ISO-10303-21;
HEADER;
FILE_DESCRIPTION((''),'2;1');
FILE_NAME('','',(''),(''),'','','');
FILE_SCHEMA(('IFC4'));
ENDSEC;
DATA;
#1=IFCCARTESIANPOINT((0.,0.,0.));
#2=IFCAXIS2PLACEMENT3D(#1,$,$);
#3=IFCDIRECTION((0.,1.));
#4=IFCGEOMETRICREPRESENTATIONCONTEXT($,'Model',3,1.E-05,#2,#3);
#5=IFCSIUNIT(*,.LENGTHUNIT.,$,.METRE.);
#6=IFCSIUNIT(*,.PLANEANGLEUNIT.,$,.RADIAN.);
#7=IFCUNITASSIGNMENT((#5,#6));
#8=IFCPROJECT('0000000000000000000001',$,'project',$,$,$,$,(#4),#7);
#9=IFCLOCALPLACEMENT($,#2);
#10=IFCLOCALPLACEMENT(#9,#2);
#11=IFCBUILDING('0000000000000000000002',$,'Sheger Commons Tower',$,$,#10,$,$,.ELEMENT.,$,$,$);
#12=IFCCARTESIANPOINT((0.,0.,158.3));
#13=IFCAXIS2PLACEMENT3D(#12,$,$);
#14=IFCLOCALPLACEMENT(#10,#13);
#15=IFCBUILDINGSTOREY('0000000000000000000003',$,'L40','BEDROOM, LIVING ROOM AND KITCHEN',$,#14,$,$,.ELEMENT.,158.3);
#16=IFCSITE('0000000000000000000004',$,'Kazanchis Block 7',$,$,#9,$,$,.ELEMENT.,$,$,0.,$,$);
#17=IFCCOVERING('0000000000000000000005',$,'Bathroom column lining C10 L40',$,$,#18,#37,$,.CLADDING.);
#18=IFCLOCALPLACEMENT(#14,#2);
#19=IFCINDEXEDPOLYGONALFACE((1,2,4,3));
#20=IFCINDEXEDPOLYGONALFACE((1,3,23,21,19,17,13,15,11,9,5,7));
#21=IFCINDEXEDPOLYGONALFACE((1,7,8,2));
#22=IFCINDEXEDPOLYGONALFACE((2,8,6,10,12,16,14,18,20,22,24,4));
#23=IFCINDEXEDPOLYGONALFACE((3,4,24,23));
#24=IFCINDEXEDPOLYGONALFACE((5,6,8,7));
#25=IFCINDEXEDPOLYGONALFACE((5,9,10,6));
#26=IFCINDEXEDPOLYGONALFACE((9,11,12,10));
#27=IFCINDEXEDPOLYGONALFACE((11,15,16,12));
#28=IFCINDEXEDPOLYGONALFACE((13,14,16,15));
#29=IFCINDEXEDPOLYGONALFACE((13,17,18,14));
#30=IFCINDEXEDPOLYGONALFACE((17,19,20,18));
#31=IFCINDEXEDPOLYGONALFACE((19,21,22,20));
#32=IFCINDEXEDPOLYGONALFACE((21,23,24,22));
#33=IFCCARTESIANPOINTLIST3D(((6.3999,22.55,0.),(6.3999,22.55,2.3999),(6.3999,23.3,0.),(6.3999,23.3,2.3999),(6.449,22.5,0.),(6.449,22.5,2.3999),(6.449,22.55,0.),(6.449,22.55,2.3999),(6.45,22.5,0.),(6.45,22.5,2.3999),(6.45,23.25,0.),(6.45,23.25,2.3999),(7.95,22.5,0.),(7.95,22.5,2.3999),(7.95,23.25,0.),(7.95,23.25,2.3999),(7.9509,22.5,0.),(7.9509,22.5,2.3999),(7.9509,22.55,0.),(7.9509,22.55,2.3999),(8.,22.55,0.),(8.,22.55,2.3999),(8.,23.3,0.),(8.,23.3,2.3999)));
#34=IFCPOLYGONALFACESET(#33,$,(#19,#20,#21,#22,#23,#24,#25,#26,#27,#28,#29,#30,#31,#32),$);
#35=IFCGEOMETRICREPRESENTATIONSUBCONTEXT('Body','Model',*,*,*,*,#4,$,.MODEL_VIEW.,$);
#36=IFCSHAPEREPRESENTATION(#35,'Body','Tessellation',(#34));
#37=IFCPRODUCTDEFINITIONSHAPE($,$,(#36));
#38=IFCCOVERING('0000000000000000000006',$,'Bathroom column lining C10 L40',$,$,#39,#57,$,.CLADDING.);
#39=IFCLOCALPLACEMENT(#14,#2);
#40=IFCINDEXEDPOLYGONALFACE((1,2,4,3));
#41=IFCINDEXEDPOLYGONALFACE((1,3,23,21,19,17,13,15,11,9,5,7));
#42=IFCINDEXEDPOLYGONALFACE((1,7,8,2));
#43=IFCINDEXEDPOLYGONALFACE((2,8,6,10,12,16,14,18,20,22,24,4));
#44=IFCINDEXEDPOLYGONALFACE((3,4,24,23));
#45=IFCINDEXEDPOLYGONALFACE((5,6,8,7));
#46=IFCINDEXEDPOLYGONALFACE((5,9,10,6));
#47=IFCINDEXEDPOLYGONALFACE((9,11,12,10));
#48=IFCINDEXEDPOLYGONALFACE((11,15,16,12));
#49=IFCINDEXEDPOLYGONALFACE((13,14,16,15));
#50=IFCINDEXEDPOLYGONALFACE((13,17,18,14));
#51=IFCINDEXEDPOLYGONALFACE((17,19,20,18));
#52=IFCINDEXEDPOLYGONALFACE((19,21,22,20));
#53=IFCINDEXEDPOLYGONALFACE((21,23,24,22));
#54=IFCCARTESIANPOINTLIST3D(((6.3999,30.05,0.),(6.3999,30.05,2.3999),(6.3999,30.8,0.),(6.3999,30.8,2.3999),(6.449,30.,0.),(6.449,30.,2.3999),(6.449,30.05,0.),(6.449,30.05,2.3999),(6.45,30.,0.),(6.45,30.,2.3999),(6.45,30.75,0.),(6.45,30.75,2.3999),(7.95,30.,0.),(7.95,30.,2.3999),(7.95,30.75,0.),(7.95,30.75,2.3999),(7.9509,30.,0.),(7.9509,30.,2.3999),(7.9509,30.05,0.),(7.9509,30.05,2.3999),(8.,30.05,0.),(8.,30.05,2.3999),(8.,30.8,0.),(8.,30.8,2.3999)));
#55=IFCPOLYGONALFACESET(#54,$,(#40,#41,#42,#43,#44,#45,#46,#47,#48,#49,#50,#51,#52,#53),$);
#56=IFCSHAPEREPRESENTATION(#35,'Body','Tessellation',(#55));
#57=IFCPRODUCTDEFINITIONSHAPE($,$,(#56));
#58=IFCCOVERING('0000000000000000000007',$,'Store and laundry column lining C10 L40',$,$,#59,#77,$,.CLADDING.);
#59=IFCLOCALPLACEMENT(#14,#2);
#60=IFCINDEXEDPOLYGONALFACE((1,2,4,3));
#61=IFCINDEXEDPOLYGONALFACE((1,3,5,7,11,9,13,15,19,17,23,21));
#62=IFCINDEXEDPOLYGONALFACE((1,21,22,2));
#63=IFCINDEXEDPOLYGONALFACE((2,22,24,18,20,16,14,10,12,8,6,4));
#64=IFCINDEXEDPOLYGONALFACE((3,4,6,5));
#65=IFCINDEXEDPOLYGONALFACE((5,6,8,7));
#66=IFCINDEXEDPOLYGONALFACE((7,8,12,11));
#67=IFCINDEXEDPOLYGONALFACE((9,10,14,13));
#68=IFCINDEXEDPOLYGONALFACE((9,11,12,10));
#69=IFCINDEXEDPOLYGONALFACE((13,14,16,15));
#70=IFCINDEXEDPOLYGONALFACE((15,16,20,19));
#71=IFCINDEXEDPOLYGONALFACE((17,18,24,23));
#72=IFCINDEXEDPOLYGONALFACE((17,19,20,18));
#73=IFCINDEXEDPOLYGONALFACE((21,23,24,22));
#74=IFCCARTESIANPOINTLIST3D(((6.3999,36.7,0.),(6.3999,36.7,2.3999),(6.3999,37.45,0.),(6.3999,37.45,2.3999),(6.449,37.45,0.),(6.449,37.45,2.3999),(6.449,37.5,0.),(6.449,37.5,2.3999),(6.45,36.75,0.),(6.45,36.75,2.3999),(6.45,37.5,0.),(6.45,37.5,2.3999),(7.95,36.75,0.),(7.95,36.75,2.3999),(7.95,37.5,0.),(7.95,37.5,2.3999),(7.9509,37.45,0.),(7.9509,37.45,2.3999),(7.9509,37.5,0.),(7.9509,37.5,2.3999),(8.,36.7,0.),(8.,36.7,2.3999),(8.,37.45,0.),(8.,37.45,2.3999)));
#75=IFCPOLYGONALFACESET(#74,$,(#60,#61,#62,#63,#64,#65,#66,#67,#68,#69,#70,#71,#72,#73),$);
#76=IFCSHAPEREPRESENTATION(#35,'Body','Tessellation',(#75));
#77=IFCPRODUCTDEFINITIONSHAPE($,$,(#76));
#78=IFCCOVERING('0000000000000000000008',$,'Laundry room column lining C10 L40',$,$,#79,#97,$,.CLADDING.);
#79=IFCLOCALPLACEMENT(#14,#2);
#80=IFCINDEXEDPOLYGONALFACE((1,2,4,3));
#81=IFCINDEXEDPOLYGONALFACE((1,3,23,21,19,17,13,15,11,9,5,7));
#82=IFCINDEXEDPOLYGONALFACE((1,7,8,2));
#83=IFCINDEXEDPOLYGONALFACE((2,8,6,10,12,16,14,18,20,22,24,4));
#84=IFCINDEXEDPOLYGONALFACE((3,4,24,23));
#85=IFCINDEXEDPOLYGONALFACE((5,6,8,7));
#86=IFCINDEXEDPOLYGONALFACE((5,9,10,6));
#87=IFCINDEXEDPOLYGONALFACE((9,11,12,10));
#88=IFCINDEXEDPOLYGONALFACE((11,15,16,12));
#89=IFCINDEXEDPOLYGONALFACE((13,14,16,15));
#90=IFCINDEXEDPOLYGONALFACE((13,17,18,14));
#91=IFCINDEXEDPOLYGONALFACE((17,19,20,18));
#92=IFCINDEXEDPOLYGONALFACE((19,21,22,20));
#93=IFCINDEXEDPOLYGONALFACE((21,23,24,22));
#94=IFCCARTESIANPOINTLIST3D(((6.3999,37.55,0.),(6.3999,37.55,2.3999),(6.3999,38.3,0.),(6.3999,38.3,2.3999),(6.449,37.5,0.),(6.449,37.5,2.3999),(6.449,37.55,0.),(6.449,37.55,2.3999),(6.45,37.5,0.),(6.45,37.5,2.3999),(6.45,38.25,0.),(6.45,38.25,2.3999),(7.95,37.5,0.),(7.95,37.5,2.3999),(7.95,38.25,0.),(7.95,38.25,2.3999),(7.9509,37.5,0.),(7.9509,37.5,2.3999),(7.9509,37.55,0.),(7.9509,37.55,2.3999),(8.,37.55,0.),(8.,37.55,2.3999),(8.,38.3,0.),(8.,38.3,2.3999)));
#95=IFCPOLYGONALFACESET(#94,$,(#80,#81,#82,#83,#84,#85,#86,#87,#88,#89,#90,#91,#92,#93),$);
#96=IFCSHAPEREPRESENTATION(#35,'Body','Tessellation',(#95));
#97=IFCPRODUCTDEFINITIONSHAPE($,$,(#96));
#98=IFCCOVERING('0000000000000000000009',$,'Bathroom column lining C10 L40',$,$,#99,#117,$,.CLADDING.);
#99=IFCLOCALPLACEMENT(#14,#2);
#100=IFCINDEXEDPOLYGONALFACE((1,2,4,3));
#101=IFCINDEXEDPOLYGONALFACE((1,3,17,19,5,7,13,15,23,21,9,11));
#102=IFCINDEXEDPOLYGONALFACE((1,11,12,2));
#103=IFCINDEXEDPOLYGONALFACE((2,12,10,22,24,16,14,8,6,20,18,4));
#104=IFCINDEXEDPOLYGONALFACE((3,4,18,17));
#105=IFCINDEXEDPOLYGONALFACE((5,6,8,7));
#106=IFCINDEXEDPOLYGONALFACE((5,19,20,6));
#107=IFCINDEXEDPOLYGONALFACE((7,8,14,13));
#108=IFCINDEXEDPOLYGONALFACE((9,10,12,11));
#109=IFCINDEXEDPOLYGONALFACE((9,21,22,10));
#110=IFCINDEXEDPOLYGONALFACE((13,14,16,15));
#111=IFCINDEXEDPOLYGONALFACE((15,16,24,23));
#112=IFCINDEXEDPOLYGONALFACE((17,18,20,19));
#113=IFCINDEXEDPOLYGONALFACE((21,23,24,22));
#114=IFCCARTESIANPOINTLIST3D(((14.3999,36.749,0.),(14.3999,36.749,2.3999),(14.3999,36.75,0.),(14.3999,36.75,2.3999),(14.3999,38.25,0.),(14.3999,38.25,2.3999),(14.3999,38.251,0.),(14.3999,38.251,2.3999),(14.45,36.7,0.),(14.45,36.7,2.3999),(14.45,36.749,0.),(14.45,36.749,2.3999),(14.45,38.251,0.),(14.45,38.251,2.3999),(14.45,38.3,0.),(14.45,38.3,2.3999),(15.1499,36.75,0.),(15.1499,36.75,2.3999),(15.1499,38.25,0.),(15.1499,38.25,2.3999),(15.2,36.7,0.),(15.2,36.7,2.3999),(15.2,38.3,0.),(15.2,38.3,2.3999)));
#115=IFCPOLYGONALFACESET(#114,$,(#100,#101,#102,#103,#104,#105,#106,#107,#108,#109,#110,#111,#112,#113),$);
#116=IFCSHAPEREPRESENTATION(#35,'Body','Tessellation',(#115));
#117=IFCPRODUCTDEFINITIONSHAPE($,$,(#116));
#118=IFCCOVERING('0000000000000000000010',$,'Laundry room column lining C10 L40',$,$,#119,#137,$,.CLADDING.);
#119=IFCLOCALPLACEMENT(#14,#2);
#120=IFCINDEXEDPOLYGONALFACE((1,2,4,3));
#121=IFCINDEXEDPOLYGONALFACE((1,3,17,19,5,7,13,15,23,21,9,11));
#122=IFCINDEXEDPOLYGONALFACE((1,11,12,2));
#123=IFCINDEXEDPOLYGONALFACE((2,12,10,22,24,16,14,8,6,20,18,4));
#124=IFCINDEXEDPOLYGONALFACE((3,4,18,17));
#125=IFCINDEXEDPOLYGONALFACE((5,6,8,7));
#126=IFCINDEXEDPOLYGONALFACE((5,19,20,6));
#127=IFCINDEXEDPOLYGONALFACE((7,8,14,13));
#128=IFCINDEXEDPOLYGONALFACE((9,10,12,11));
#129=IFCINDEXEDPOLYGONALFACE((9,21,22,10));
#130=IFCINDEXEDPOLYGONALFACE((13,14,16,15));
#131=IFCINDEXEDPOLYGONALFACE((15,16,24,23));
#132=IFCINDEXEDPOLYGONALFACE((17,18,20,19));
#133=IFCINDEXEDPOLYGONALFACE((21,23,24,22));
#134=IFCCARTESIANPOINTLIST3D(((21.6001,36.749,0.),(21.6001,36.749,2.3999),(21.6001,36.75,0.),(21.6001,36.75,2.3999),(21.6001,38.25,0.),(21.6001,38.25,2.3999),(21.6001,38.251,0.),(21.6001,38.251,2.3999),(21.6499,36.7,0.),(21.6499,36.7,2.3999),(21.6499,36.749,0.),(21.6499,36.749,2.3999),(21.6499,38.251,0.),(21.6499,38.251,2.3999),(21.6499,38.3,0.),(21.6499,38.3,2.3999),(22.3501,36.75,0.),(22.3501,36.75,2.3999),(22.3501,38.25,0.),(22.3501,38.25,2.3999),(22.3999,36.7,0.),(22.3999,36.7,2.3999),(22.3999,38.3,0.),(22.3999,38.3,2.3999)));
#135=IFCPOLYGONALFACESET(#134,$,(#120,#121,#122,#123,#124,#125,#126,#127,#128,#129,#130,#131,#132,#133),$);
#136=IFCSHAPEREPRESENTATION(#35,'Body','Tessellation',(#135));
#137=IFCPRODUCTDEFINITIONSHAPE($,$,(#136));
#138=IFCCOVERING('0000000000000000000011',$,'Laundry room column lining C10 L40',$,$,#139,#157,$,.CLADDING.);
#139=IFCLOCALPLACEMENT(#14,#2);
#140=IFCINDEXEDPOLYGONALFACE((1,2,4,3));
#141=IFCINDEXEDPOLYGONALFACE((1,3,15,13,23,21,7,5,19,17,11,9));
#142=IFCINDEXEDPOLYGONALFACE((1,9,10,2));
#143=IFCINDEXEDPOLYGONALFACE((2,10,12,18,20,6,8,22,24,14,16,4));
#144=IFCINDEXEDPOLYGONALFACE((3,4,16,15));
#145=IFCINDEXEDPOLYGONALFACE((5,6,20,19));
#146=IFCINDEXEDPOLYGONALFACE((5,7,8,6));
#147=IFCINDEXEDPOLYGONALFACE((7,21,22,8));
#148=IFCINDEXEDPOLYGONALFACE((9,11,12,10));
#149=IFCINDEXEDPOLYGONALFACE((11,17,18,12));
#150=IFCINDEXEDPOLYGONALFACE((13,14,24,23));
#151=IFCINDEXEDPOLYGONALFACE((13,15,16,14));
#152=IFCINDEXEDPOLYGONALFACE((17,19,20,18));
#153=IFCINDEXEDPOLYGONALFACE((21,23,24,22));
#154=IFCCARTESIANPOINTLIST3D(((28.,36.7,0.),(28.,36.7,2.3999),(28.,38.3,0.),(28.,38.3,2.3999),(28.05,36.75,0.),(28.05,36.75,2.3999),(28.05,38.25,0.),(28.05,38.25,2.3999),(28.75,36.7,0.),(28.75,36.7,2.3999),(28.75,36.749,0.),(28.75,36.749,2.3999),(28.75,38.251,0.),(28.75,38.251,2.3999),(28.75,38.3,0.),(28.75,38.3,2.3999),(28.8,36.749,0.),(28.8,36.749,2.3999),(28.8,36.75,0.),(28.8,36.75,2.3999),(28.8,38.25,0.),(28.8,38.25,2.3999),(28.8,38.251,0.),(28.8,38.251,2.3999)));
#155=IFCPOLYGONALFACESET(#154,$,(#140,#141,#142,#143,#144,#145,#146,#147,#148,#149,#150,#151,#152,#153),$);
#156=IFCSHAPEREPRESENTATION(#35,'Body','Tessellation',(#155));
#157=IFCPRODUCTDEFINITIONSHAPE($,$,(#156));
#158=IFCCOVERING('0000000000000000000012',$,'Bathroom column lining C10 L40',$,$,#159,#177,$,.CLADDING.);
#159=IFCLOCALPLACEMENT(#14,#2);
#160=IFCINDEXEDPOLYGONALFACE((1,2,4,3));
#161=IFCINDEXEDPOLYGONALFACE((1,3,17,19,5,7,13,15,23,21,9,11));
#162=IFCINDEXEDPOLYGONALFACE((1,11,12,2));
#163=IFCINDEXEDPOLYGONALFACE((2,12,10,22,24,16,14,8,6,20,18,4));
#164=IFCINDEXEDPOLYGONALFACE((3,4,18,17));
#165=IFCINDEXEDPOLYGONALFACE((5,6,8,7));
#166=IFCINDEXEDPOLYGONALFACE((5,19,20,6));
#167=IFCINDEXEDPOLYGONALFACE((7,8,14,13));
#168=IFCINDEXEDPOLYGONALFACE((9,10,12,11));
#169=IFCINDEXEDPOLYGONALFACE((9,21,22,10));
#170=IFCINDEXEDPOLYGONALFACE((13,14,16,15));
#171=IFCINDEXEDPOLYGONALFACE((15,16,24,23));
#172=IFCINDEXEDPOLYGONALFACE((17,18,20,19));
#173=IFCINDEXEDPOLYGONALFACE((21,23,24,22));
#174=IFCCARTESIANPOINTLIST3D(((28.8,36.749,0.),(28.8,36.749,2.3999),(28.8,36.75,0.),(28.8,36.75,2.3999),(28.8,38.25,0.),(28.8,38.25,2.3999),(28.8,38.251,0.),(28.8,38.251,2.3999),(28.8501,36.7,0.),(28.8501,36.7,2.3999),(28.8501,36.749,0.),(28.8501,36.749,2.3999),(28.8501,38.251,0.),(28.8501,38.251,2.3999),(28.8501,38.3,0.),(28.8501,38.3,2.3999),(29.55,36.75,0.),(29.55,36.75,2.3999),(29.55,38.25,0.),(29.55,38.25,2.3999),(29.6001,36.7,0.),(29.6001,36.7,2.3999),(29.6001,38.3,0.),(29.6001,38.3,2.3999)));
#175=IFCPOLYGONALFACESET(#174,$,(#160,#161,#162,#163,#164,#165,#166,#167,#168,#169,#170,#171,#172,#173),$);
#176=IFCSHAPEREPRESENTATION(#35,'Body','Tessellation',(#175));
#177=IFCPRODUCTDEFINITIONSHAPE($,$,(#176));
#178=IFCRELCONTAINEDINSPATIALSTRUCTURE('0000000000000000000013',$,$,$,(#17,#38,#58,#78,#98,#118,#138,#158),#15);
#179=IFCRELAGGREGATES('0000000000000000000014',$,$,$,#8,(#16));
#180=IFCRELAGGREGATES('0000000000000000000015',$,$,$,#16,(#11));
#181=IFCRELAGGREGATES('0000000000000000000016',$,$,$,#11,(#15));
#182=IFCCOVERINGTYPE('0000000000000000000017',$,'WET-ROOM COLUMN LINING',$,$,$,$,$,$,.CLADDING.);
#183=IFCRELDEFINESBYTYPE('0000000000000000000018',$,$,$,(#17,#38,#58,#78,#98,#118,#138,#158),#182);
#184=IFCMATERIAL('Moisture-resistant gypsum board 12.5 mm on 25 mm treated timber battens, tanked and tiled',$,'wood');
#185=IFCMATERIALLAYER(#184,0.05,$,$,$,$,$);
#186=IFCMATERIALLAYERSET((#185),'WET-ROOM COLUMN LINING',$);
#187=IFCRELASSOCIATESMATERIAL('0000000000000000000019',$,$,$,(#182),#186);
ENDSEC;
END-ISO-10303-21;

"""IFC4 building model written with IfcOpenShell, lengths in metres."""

from ifc_helpers import new_model, si_unit, direction, frame, origin, place, context, subcontext, project, spatial, polyline, outline, extrude, material, layer, layer_set, type_object, element, save


model = new_model("IFC4")

# Units and contexts
model_context = context("Model", 3, precision=1e-05, world=origin(), true_north=direction((0.0, 1.0)))
body_context = subcontext(model_context, "Body", "Model", "MODEL_VIEW")
ifc_project = project(units=[si_unit("LENGTHUNIT", "METRE"), si_unit("PLANEANGLEUNIT", "RADIAN")], contexts=[model_context])

# Site, building, storey
site_placement = place(None, origin())
site = spatial("IfcSite", under=ifc_project, at=site_placement, Name="Kazanchis Block 7", CompositionType="ELEMENT", RefElevation=0.0)
building_placement = place(site_placement, origin())
building = spatial("IfcBuilding", under=site, at=building_placement, Name="Sheger Commons Tower", CompositionType="ELEMENT")
storey_placement = place(building_placement, frame((0.0, 0.0, 158.3)))
storey = spatial("IfcBuildingStorey", under=building, at=storey_placement, Name="L40", Description="BEDROOM, LIVING ROOM AND KITCHEN", CompositionType="ELEMENT", Elevation=158.3)

# Coverings
ifc_material_1 = material(Name="Moisture-resistant gypsum board 12.5 mm on 25 mm treated timber battens, tanked and tiled", Category="wood")
ifc_layer_1 = layer(ifc_material_1, 0.05)
ifc_layer_set_1 = layer_set([ifc_layer_1], Name="WET-ROOM COLUMN LINING")
covering_type_1 = type_object("IfcCoveringType", Name="WET-ROOM COLUMN LINING", PredefinedType="CLADDING", material=ifc_layer_set_1)
covering_1_placement = place(storey_placement, origin())
element("IfcCovering", 1, at=covering_1_placement, inside=storey, type_object=covering_type_1, Name="Bathroom column lining C10 L40", PredefinedType="CLADDING", context=body_context, shape_type="SweptSolid", body=[
    extrude(outline(polyline([(8.0, 23.3), (8.0, 22.55), (7.9509, 22.55), (7.9509, 22.5), (7.95, 22.5), (7.95, 23.25), (6.45, 23.25), (6.45, 22.5), (6.449, 22.5), (6.449, 22.55), (6.3999, 22.55), (6.3999, 23.3), (8.0, 23.3)])), origin(), (0.0, 0.0, 1.0), 2.3999),
])
covering_2_placement = place(storey_placement, origin())
element("IfcCovering", 2, at=covering_2_placement, inside=storey, type_object=covering_type_1, Name="Bathroom column lining C10 L40", PredefinedType="CLADDING", context=body_context, shape_type="SweptSolid", body=[
    extrude(outline(polyline([(8.0, 30.8), (8.0, 30.05), (7.9509, 30.05), (7.9509, 30.0), (7.95, 30.0), (7.95, 30.75), (6.45, 30.75), (6.45, 30.0), (6.449, 30.0), (6.449, 30.05), (6.3999, 30.05), (6.3999, 30.8), (8.0, 30.8)])), origin(), (0.0, 0.0, 1.0), 2.3999),
])
covering_3_placement = place(storey_placement, origin())
element("IfcCovering", 3, at=covering_3_placement, inside=storey, type_object=covering_type_1, Name="Store and laundry column lining C10 L40", PredefinedType="CLADDING", context=body_context, shape_type="SweptSolid", body=[
    extrude(outline(polyline([(6.45, 37.5), (6.45, 36.75), (7.95, 36.75), (7.95, 37.5), (7.9509, 37.5), (7.9509, 37.45), (8.0, 37.45), (8.0, 36.7), (6.3999, 36.7), (6.3999, 37.45), (6.449, 37.45), (6.449, 37.5), (6.45, 37.5)])), origin(), (0.0, 0.0, 1.0), 2.3999),
])
covering_4_placement = place(storey_placement, origin())
element("IfcCovering", 4, at=covering_4_placement, inside=storey, type_object=covering_type_1, Name="Laundry room column lining C10 L40", PredefinedType="CLADDING", context=body_context, shape_type="SweptSolid", body=[
    extrude(outline(polyline([(8.0, 38.3), (8.0, 37.55), (7.9509, 37.55), (7.9509, 37.5), (7.95, 37.5), (7.95, 38.25), (6.45, 38.25), (6.45, 37.5), (6.449, 37.5), (6.449, 37.55), (6.3999, 37.55), (6.3999, 38.3), (8.0, 38.3)])), origin(), (0.0, 0.0, 1.0), 2.3999),
])
covering_5_placement = place(storey_placement, origin())
element("IfcCovering", 5, at=covering_5_placement, inside=storey, type_object=covering_type_1, Name="Bathroom column lining C10 L40", PredefinedType="CLADDING", context=body_context, shape_type="SweptSolid", body=[
    extrude(outline(polyline([(15.2, 36.7), (14.45, 36.7), (14.45, 36.749), (14.3999, 36.749), (14.3999, 36.75), (15.1499, 36.75), (15.1499, 38.25), (14.3999, 38.25), (14.3999, 38.251), (14.45, 38.251), (14.45, 38.3), (15.2, 38.3), (15.2, 36.7)])), origin(), (0.0, 0.0, 1.0), 2.3999),
])
covering_6_placement = place(storey_placement, origin())
element("IfcCovering", 6, at=covering_6_placement, inside=storey, type_object=covering_type_1, Name="Laundry room column lining C10 L40", PredefinedType="CLADDING", context=body_context, shape_type="SweptSolid", body=[
    extrude(outline(polyline([(22.3999, 36.7), (21.6499, 36.7), (21.6499, 36.749), (21.6001, 36.749), (21.6001, 36.75), (22.3501, 36.75), (22.3501, 38.25), (21.6001, 38.25), (21.6001, 38.251), (21.6499, 38.251), (21.6499, 38.3), (22.3999, 38.3), (22.3999, 36.7)])), origin(), (0.0, 0.0, 1.0), 2.3999),
])
covering_7_placement = place(storey_placement, origin())
element("IfcCovering", 7, at=covering_7_placement, inside=storey, type_object=covering_type_1, Name="Laundry room column lining C10 L40", PredefinedType="CLADDING", context=body_context, shape_type="SweptSolid", body=[
    extrude(outline(polyline([(28.75, 38.3), (28.75, 38.251), (28.8, 38.251), (28.8, 38.25), (28.05, 38.25), (28.05, 36.75), (28.8, 36.75), (28.8, 36.749), (28.75, 36.749), (28.75, 36.7), (28.0, 36.7), (28.0, 38.3), (28.75, 38.3)])), origin(), (0.0, 0.0, 1.0), 2.3999),
])
covering_8_placement = place(storey_placement, origin())
element("IfcCovering", 8, at=covering_8_placement, inside=storey, type_object=covering_type_1, Name="Bathroom column lining C10 L40", PredefinedType="CLADDING", context=body_context, shape_type="SweptSolid", body=[
    extrude(outline(polyline([(29.6001, 36.7), (28.8501, 36.7), (28.8501, 36.749), (28.8, 36.749), (28.8, 36.75), (29.55, 36.75), (29.55, 38.25), (28.8, 38.25), (28.8, 38.251), (28.8501, 38.251), (28.8501, 38.3), (29.6001, 38.3), (29.6001, 36.7)])), origin(), (0.0, 0.0, 1.0), 2.3999),
])

save(model, "model.ifc")
